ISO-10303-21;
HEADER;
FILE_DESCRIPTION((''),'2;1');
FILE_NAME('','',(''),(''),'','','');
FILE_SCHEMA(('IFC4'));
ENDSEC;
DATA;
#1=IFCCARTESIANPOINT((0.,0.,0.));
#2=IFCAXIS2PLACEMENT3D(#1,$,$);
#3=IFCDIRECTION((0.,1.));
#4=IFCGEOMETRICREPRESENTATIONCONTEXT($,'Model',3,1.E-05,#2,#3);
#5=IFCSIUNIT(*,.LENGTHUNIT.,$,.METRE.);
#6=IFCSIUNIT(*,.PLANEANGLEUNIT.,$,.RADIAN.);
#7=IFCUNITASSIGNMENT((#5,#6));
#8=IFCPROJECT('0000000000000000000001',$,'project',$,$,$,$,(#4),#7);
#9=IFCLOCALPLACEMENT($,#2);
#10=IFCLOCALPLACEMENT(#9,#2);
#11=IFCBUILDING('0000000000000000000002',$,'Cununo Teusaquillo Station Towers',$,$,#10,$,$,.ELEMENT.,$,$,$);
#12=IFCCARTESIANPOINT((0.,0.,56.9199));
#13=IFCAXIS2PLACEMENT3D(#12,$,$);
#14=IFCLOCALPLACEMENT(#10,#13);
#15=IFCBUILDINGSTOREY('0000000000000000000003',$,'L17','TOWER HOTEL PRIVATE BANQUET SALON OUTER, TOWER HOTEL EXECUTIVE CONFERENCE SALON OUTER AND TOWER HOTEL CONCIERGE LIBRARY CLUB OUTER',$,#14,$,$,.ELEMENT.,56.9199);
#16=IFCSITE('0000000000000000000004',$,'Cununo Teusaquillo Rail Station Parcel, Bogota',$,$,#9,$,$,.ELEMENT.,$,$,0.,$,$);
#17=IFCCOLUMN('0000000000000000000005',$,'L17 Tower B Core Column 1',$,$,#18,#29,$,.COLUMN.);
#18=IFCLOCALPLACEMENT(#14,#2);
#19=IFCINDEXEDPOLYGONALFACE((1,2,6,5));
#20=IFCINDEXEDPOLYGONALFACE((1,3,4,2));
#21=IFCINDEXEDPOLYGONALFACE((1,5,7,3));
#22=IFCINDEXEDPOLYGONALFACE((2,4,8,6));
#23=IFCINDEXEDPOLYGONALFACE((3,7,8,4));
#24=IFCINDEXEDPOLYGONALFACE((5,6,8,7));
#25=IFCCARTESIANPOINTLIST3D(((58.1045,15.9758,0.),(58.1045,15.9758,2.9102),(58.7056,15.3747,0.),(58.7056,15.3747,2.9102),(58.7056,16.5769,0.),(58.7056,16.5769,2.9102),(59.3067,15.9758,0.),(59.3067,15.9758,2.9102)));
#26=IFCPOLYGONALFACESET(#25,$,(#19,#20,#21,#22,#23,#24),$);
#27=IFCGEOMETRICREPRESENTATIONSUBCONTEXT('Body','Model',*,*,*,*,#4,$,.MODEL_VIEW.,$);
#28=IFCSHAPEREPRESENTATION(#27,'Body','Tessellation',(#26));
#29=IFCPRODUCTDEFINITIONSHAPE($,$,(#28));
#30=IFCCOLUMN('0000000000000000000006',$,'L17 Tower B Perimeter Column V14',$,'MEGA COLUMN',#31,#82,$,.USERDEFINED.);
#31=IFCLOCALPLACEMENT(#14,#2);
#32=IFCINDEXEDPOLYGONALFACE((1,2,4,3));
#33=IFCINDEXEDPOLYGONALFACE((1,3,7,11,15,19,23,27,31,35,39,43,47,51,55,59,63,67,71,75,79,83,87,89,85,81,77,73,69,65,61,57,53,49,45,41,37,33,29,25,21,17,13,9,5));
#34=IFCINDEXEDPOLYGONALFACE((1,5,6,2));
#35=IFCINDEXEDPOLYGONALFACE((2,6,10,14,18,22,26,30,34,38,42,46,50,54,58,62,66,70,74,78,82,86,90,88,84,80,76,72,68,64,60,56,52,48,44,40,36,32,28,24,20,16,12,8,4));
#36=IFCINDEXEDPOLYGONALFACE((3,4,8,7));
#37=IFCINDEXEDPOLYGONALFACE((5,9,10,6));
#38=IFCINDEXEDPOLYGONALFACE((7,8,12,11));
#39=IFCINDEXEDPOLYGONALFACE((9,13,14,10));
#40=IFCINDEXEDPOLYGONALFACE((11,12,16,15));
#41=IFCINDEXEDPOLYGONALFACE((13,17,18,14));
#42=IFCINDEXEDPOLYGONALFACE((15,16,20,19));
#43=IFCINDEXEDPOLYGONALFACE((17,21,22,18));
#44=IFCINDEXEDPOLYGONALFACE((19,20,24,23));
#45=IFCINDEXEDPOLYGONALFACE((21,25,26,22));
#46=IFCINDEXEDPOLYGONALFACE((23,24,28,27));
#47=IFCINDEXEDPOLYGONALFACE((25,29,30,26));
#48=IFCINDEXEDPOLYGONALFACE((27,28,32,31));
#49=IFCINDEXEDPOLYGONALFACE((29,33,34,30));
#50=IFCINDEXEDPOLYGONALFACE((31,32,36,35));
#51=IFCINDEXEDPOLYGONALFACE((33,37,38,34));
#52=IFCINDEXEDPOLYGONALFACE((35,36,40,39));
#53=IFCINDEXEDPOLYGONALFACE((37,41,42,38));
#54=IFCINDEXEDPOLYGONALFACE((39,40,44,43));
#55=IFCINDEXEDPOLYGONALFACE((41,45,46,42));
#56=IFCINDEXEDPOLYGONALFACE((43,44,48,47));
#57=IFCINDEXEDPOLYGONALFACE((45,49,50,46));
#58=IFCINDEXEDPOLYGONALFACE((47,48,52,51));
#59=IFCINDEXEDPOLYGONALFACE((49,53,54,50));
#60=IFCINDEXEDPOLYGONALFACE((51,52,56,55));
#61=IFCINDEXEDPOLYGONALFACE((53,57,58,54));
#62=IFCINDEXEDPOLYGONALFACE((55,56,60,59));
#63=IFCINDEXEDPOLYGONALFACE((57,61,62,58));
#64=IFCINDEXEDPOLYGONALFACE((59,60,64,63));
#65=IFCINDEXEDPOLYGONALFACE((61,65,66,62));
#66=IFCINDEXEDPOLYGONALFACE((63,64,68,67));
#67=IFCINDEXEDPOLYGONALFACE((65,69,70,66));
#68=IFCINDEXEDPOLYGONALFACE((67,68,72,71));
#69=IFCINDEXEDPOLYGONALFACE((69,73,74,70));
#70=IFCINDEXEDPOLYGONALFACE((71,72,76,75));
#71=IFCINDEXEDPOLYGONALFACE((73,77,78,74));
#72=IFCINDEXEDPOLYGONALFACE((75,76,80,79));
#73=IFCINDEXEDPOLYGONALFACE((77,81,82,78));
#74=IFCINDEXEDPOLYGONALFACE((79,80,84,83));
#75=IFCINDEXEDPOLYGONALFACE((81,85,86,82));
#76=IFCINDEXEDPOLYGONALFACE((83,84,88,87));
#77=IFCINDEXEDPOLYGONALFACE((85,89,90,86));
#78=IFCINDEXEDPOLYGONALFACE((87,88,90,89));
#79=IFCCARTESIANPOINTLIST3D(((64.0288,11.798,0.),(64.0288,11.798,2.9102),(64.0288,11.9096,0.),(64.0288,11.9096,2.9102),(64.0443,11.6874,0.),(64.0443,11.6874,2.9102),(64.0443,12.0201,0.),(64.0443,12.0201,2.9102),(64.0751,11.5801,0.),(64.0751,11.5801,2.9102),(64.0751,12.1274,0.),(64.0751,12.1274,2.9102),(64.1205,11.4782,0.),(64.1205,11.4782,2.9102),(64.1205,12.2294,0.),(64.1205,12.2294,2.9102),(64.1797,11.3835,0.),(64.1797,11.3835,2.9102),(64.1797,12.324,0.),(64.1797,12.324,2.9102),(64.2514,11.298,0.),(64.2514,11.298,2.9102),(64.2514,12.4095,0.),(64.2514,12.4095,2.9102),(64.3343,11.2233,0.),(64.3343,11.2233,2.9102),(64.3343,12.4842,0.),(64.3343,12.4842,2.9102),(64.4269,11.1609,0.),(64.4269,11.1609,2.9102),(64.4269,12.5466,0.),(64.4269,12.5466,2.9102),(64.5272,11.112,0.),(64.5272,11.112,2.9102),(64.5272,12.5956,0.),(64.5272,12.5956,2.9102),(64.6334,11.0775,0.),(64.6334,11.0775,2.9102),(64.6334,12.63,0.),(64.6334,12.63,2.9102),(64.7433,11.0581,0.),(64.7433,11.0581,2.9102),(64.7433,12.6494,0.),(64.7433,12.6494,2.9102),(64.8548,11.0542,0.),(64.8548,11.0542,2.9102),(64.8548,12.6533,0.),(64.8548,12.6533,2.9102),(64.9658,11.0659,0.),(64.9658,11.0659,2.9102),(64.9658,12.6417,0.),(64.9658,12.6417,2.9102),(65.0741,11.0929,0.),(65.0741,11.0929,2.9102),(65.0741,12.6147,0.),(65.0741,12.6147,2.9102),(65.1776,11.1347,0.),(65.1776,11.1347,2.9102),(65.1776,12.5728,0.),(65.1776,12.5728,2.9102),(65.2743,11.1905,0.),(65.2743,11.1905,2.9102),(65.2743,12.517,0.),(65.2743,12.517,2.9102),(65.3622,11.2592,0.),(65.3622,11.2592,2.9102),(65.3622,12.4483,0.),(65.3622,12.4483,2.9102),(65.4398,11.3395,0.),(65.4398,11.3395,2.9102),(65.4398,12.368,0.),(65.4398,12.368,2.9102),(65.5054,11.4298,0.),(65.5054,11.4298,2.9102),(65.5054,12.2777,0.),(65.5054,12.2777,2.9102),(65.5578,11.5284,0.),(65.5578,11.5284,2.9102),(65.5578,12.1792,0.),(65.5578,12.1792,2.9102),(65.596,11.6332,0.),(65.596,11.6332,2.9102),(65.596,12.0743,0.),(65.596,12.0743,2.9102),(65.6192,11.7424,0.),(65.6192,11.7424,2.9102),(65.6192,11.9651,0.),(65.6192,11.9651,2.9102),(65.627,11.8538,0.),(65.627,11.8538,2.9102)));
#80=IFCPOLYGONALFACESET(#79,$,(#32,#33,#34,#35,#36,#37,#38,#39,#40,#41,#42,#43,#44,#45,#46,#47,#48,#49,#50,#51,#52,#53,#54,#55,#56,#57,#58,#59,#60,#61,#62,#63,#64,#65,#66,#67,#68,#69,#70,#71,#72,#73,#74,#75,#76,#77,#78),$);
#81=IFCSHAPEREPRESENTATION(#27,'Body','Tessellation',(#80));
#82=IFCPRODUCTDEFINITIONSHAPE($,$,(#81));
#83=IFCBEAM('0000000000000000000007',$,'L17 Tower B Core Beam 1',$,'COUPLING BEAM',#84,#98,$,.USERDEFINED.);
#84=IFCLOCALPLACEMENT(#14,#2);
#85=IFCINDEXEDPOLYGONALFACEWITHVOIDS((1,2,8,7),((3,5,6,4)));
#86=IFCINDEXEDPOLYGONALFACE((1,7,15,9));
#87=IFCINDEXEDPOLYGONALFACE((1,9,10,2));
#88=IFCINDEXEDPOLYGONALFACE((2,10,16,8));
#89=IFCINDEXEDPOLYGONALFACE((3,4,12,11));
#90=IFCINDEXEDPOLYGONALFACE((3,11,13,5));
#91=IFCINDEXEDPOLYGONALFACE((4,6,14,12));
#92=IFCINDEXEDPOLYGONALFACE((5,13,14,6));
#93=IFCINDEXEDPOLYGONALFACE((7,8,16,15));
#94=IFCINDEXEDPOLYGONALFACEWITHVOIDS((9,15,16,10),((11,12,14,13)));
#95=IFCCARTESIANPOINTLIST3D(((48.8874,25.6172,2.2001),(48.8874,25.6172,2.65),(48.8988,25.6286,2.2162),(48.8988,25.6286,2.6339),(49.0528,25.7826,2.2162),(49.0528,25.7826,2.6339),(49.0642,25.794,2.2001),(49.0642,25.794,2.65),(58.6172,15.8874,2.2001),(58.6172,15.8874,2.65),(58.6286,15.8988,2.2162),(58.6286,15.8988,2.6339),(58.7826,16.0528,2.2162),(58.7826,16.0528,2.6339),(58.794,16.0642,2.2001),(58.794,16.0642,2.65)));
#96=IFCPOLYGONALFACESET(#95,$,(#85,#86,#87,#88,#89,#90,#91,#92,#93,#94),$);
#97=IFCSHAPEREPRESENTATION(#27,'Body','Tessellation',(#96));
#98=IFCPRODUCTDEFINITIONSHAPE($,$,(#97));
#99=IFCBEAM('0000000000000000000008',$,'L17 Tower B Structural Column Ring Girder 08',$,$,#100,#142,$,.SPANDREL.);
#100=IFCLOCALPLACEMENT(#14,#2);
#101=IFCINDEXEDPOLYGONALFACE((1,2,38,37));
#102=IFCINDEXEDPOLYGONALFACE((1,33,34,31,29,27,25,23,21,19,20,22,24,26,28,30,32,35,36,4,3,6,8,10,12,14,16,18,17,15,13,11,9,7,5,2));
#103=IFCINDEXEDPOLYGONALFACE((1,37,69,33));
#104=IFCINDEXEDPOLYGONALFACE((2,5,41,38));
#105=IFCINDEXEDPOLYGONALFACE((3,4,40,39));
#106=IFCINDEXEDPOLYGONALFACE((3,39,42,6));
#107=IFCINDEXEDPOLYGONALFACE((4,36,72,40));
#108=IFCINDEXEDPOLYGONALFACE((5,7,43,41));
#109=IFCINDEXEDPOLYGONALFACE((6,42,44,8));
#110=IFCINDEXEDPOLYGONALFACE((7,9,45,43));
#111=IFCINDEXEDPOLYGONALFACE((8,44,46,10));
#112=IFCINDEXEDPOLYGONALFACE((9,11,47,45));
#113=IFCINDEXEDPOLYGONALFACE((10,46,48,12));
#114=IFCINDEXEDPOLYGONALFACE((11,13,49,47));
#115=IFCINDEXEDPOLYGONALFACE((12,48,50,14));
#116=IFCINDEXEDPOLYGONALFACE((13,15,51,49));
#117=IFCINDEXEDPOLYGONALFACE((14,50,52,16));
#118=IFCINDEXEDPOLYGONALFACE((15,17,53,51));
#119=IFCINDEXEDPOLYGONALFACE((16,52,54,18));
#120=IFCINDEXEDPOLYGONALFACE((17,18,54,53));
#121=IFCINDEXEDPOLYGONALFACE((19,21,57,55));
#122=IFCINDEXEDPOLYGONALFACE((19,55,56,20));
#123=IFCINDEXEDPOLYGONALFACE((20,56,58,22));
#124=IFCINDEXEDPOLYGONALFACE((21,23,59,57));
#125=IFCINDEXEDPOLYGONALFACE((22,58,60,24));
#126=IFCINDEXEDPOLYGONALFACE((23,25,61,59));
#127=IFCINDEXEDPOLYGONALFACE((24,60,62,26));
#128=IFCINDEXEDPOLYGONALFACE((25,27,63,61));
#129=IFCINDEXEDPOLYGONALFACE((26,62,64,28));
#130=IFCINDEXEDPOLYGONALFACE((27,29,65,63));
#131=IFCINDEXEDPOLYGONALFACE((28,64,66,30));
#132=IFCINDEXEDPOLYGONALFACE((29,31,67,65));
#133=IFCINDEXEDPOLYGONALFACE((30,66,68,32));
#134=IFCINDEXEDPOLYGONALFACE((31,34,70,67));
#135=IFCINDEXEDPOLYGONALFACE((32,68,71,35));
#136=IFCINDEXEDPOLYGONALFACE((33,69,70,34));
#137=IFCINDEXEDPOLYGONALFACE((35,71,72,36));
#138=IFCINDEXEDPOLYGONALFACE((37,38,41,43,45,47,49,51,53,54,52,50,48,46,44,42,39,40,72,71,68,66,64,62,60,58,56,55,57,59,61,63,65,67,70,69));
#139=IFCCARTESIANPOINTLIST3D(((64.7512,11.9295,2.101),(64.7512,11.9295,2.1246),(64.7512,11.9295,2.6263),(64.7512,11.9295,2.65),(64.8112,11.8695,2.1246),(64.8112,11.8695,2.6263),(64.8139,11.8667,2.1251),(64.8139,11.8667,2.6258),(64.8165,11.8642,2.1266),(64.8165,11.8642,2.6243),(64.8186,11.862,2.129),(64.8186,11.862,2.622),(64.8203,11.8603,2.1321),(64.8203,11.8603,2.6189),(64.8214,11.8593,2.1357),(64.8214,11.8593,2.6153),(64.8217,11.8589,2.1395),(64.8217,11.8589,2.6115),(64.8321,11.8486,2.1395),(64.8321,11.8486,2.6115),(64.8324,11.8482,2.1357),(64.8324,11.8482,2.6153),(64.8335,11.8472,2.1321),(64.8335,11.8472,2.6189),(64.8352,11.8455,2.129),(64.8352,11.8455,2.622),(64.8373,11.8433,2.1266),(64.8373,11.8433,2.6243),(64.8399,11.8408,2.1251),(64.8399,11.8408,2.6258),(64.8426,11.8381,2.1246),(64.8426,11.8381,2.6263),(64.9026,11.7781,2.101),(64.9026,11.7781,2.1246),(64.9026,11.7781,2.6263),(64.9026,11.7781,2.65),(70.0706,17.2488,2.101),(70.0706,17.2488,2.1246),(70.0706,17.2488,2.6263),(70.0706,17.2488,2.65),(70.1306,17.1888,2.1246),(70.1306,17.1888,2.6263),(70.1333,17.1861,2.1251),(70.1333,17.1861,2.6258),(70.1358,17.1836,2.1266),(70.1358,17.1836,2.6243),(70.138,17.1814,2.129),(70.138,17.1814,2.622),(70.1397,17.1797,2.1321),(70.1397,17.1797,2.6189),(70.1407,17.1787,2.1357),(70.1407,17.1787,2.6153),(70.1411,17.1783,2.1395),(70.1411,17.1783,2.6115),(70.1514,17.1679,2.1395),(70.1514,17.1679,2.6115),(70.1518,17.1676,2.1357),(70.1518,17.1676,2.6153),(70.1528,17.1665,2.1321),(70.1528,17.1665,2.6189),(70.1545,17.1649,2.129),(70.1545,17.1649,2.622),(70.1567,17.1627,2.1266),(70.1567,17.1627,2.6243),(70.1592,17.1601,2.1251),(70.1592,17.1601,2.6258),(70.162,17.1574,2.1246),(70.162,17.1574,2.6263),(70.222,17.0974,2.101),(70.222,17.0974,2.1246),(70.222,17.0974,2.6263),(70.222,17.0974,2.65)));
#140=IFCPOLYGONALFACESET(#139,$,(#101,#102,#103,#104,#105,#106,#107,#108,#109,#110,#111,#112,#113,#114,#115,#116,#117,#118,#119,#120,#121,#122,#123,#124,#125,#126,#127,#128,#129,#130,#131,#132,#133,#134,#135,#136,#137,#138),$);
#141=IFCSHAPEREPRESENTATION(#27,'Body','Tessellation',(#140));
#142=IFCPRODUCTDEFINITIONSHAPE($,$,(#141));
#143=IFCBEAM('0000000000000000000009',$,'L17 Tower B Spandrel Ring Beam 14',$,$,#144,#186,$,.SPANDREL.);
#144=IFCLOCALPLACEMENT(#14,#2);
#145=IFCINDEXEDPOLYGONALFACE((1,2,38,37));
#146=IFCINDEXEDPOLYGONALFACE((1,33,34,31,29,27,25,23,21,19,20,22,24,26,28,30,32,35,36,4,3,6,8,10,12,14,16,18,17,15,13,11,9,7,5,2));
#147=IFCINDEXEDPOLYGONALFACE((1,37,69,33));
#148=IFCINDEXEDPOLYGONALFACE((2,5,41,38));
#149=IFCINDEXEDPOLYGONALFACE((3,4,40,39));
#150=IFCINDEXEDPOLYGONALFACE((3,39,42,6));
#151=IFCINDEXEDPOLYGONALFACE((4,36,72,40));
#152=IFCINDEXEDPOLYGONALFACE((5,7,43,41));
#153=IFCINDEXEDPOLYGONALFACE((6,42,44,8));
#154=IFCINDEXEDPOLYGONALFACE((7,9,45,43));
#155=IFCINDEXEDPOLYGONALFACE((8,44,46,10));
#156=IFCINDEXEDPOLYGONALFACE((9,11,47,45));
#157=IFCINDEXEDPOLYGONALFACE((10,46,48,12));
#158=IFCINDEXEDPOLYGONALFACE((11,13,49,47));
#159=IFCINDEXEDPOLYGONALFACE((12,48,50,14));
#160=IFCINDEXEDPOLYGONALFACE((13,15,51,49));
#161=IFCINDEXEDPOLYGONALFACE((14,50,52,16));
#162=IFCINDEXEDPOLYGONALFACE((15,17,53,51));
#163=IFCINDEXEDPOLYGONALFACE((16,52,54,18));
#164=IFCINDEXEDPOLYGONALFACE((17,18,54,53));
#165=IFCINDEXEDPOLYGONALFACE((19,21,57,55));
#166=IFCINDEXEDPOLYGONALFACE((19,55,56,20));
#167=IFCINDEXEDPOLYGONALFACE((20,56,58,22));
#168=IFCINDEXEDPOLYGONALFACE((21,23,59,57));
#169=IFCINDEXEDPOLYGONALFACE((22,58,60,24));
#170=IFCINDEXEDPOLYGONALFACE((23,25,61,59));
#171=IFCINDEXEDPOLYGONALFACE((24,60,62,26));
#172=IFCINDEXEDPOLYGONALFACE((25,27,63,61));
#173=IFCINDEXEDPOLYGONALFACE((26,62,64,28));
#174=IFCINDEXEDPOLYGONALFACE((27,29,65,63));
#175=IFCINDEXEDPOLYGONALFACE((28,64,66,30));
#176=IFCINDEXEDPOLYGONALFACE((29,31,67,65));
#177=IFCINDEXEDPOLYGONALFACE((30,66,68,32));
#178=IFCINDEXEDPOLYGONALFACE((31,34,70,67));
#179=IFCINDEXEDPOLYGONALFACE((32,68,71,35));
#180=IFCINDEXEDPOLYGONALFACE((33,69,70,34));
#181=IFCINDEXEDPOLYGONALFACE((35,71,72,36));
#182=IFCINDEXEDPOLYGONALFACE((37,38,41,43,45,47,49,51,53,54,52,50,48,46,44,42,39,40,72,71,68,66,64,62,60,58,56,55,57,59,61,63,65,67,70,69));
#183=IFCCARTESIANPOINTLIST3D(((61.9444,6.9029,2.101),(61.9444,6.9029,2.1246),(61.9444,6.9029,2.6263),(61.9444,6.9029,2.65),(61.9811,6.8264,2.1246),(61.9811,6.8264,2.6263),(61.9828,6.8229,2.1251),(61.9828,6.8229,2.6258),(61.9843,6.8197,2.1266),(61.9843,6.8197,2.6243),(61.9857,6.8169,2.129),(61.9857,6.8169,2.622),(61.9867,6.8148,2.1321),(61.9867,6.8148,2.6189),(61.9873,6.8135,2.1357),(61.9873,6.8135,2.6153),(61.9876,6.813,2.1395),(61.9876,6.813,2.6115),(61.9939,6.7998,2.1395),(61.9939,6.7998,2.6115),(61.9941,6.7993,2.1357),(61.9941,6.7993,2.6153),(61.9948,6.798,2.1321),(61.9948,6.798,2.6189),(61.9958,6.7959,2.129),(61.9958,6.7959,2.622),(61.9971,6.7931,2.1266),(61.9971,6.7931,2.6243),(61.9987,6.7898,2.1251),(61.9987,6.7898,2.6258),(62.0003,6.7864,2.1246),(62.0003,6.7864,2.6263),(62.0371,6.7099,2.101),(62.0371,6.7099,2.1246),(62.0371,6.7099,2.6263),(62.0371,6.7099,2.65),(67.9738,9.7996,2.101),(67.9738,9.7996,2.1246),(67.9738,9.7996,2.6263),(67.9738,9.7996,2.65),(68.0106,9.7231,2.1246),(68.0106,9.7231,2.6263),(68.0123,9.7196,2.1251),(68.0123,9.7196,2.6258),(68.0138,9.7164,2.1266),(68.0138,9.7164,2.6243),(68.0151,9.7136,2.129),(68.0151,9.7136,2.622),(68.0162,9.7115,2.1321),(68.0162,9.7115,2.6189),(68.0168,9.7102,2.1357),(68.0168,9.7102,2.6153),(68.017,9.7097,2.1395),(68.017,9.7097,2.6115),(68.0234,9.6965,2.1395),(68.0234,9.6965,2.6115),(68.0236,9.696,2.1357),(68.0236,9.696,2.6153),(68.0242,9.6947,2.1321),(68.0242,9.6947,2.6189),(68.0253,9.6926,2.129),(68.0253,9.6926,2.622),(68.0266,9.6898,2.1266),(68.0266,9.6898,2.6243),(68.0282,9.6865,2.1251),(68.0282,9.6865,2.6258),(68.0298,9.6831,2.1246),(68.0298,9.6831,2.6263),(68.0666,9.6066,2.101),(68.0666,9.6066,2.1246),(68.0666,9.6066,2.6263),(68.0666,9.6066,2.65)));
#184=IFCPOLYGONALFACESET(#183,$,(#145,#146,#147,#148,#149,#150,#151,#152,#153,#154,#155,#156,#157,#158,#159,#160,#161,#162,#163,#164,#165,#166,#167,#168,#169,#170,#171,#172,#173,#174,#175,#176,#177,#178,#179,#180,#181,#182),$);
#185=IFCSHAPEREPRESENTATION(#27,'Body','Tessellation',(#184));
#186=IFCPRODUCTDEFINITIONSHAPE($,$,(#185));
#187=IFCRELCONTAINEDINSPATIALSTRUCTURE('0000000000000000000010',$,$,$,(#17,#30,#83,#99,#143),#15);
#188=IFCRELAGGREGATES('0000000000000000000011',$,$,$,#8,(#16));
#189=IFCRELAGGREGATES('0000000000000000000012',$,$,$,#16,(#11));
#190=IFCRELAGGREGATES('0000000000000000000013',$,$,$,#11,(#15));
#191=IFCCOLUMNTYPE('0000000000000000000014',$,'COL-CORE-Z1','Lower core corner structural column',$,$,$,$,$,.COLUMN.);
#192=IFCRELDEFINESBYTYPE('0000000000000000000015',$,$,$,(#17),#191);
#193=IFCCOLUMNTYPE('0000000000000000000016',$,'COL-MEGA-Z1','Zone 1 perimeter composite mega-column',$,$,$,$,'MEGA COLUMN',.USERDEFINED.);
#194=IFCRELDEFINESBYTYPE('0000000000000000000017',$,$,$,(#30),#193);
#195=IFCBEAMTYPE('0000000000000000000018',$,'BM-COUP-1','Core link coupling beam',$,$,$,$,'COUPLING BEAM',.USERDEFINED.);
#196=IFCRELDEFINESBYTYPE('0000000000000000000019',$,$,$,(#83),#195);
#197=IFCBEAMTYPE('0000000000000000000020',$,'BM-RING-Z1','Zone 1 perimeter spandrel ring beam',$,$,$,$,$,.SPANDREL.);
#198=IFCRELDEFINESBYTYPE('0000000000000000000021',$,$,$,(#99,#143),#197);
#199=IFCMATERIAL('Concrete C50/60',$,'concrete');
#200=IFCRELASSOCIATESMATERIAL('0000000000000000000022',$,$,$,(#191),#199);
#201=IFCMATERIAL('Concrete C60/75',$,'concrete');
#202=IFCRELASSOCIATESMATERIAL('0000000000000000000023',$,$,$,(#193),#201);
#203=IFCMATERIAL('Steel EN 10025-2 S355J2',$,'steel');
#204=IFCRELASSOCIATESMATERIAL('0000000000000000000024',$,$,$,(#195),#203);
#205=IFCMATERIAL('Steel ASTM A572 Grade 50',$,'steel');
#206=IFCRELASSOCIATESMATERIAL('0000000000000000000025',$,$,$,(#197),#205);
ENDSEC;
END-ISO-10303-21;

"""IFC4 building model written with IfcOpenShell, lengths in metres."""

from ifc_helpers import new_model, si_unit, direction, frame, origin, origin_2d, place, context, subcontext, project, spatial, rectangle, hollow_rectangle, circle, i_section, extrude, material, material_profile, profile_set, type_object, element, save


model = new_model("IFC4")

# Units and contexts
model_context = context("Model", 3, precision=1e-05, world=origin(), true_north=direction((0.0, 1.0)))
body_context = subcontext(model_context, "Body", "Model", "MODEL_VIEW")
ifc_project = project(units=[si_unit("LENGTHUNIT", "METRE"), si_unit("PLANEANGLEUNIT", "RADIAN")], contexts=[model_context])

# Site, building, storey
site_placement = place(None, origin())
site = spatial("IfcSite", under=ifc_project, at=site_placement, Name="Cununo Teusaquillo Rail Station Parcel, Bogota", CompositionType="ELEMENT", RefElevation=0.0)
building_placement = place(site_placement, origin())
building = spatial("IfcBuilding", under=site, at=building_placement, Name="Cununo Teusaquillo Station Towers", CompositionType="ELEMENT")
storey_placement = place(building_placement, frame((0.0, 0.0, 56.9199)))
storey = spatial("IfcBuildingStorey", under=building, at=storey_placement, Name="L17", Description="TOWER HOTEL PRIVATE BANQUET SALON OUTER, TOWER HOTEL EXECUTIVE CONFERENCE SALON OUTER AND TOWER HOTEL CONCIERGE LIBRARY CLUB OUTER", CompositionType="ELEMENT", Elevation=56.9199)

# Columns
ifc_material_1 = material(Name="Concrete C50/60", Category="concrete")
ifc_material_profile_1 = material_profile(ifc_material_1, rectangle(XDim=0.8501, YDim=0.8501, at=origin_2d()), Name="RC-RECT-850x850")
ifc_profile_set_1 = profile_set([ifc_material_profile_1], Name="Concrete C50/60")
column_type_1 = type_object("IfcColumnType", Name="COL-CORE-Z1", Description="Lower core corner structural column", PredefinedType="COLUMN", material=ifc_profile_set_1)
column_1_placement = place(storey_placement, frame((58.7056, 15.9758, 0.0), z_axis=(0.0, 0.0, 1.0), x_axis=(0.707107, 0.707107, 0.0)))
element("IfcColumn", 1, at=column_1_placement, inside=storey, type_object=column_type_1, Name="L17 Tower B Core Column 1", PredefinedType="COLUMN", context=body_context, shape_type="SweptSolid", body=[
    extrude(rectangle(XDim=0.8501, YDim=0.8501, at=origin_2d()), origin(), (0.0, 0.0, 1.0), 2.9102),
])
ifc_material_2 = material(Name="Concrete C60/75", Category="concrete")
ifc_material_profile_2 = material_profile(ifc_material_2, circle(Radius=0.8, at=origin_2d()), Name="RC-CIRC-1600")
ifc_profile_set_2 = profile_set([ifc_material_profile_2], Name="Concrete C60/75")
column_type_2 = type_object("IfcColumnType", Name="COL-MEGA-Z1", Description="Zone 1 perimeter composite mega-column", ElementType="MEGA COLUMN", PredefinedType="USERDEFINED", material=ifc_profile_set_2)
column_2_placement = place(storey_placement, frame((64.8269, 11.8538, 0.0), z_axis=(0.0, 0.0, 1.0), x_axis=(1.0, 0.0, 0.0)))
element("IfcColumn", 2, at=column_2_placement, inside=storey, type_object=column_type_2, Name="L17 Tower B Perimeter Column V14", ObjectType="MEGA COLUMN", PredefinedType="USERDEFINED", context=body_context, shape_type="SweptSolid", body=[
    extrude(circle(Radius=0.8, at=origin_2d()), origin(), (0.0, 0.0, 1.0), 2.9102),
])

# Beams
ifc_material_3 = material(Name="Steel EN 10025-2 S355J2", Category="steel")
ifc_material_profile_3 = material_profile(ifc_material_3, hollow_rectangle(XDim=0.25, YDim=0.45, WallThickness=0.0161, at=origin_2d()), Name="RHS 450x250x16")
ifc_profile_set_3 = profile_set([ifc_material_profile_3], Name="Steel EN 10025-2 S355J2")
beam_type_1 = type_object("IfcBeamType", Name="BM-COUP-1", Description="Core link coupling beam", ElementType="COUPLING BEAM", PredefinedType="USERDEFINED", material=ifc_profile_set_3)
beam_1_placement = place(storey_placement, frame((58.7056, 15.9758, 2.425), z_axis=(-0.707107, 0.707107, 0.0), x_axis=(-0.707107, -0.707107, 0.0)))
element("IfcBeam", 3, at=beam_1_placement, inside=storey, type_object=beam_type_1, Name="L17 Tower B Core Beam 1", ObjectType="COUPLING BEAM", PredefinedType="USERDEFINED", context=body_context, shape_type="SweptSolid", body=[
    extrude(hollow_rectangle(XDim=0.25, YDim=0.45, WallThickness=0.0161, at=origin_2d()), origin(), (0.0, 0.0, 1.0), 13.76),
])
ifc_material_4 = material(Name="Steel ASTM A572 Grade 50", Category="steel")
ifc_material_profile_4 = material_profile(ifc_material_4, i_section(OverallWidth=0.2141, OverallDepth=0.5491, WebThickness=0.0146, FlangeThickness=0.0237, FilletRadius=0.0149, at=origin_2d()), Name="W21X93")
ifc_profile_set_4 = profile_set([ifc_material_profile_4], Name="Steel ASTM A572 Grade 50")
beam_type_2 = type_object("IfcBeamType", Name="BM-RING-Z1", Description="Zone 1 perimeter spandrel ring beam", PredefinedType="SPANDREL", material=ifc_profile_set_4)
beam_2_placement = place(storey_placement, frame((64.8269, 11.8538, 2.3755), z_axis=(0.707107, 0.707107, 0.0), x_axis=(-0.707107, 0.707107, 0.0)))
element("IfcBeam", 4, at=beam_2_placement, inside=storey, type_object=beam_type_2, Name="L17 Tower B Structural Column Ring Girder 08", PredefinedType="SPANDREL", context=body_context, shape_type="SweptSolid", body=[
    extrude(i_section(OverallWidth=0.2141, OverallDepth=0.5491, WebThickness=0.0146, FlangeThickness=0.0237, FilletRadius=0.0149, at=origin_2d()), origin(), (0.0, 0.0, 1.0), 7.5227),
])
beam_3_placement = place(storey_placement, frame((61.9907, 6.8064, 2.3755), z_axis=(0.901374, 0.433041, 0.0), x_axis=(-0.433041, 0.901374, 0.0)))
element("IfcBeam", 5, at=beam_3_placement, inside=storey, type_object=beam_type_2, Name="L17 Tower B Spandrel Ring Beam 14", PredefinedType="SPANDREL", context=body_context, shape_type="SweptSolid", body=[
    extrude(i_section(OverallWidth=0.2141, OverallDepth=0.5491, WebThickness=0.0146, FlangeThickness=0.0237, FilletRadius=0.0149, at=origin_2d()), origin(), (0.0, 0.0, 1.0), 6.6892),
])

save(model, "model.ifc")
